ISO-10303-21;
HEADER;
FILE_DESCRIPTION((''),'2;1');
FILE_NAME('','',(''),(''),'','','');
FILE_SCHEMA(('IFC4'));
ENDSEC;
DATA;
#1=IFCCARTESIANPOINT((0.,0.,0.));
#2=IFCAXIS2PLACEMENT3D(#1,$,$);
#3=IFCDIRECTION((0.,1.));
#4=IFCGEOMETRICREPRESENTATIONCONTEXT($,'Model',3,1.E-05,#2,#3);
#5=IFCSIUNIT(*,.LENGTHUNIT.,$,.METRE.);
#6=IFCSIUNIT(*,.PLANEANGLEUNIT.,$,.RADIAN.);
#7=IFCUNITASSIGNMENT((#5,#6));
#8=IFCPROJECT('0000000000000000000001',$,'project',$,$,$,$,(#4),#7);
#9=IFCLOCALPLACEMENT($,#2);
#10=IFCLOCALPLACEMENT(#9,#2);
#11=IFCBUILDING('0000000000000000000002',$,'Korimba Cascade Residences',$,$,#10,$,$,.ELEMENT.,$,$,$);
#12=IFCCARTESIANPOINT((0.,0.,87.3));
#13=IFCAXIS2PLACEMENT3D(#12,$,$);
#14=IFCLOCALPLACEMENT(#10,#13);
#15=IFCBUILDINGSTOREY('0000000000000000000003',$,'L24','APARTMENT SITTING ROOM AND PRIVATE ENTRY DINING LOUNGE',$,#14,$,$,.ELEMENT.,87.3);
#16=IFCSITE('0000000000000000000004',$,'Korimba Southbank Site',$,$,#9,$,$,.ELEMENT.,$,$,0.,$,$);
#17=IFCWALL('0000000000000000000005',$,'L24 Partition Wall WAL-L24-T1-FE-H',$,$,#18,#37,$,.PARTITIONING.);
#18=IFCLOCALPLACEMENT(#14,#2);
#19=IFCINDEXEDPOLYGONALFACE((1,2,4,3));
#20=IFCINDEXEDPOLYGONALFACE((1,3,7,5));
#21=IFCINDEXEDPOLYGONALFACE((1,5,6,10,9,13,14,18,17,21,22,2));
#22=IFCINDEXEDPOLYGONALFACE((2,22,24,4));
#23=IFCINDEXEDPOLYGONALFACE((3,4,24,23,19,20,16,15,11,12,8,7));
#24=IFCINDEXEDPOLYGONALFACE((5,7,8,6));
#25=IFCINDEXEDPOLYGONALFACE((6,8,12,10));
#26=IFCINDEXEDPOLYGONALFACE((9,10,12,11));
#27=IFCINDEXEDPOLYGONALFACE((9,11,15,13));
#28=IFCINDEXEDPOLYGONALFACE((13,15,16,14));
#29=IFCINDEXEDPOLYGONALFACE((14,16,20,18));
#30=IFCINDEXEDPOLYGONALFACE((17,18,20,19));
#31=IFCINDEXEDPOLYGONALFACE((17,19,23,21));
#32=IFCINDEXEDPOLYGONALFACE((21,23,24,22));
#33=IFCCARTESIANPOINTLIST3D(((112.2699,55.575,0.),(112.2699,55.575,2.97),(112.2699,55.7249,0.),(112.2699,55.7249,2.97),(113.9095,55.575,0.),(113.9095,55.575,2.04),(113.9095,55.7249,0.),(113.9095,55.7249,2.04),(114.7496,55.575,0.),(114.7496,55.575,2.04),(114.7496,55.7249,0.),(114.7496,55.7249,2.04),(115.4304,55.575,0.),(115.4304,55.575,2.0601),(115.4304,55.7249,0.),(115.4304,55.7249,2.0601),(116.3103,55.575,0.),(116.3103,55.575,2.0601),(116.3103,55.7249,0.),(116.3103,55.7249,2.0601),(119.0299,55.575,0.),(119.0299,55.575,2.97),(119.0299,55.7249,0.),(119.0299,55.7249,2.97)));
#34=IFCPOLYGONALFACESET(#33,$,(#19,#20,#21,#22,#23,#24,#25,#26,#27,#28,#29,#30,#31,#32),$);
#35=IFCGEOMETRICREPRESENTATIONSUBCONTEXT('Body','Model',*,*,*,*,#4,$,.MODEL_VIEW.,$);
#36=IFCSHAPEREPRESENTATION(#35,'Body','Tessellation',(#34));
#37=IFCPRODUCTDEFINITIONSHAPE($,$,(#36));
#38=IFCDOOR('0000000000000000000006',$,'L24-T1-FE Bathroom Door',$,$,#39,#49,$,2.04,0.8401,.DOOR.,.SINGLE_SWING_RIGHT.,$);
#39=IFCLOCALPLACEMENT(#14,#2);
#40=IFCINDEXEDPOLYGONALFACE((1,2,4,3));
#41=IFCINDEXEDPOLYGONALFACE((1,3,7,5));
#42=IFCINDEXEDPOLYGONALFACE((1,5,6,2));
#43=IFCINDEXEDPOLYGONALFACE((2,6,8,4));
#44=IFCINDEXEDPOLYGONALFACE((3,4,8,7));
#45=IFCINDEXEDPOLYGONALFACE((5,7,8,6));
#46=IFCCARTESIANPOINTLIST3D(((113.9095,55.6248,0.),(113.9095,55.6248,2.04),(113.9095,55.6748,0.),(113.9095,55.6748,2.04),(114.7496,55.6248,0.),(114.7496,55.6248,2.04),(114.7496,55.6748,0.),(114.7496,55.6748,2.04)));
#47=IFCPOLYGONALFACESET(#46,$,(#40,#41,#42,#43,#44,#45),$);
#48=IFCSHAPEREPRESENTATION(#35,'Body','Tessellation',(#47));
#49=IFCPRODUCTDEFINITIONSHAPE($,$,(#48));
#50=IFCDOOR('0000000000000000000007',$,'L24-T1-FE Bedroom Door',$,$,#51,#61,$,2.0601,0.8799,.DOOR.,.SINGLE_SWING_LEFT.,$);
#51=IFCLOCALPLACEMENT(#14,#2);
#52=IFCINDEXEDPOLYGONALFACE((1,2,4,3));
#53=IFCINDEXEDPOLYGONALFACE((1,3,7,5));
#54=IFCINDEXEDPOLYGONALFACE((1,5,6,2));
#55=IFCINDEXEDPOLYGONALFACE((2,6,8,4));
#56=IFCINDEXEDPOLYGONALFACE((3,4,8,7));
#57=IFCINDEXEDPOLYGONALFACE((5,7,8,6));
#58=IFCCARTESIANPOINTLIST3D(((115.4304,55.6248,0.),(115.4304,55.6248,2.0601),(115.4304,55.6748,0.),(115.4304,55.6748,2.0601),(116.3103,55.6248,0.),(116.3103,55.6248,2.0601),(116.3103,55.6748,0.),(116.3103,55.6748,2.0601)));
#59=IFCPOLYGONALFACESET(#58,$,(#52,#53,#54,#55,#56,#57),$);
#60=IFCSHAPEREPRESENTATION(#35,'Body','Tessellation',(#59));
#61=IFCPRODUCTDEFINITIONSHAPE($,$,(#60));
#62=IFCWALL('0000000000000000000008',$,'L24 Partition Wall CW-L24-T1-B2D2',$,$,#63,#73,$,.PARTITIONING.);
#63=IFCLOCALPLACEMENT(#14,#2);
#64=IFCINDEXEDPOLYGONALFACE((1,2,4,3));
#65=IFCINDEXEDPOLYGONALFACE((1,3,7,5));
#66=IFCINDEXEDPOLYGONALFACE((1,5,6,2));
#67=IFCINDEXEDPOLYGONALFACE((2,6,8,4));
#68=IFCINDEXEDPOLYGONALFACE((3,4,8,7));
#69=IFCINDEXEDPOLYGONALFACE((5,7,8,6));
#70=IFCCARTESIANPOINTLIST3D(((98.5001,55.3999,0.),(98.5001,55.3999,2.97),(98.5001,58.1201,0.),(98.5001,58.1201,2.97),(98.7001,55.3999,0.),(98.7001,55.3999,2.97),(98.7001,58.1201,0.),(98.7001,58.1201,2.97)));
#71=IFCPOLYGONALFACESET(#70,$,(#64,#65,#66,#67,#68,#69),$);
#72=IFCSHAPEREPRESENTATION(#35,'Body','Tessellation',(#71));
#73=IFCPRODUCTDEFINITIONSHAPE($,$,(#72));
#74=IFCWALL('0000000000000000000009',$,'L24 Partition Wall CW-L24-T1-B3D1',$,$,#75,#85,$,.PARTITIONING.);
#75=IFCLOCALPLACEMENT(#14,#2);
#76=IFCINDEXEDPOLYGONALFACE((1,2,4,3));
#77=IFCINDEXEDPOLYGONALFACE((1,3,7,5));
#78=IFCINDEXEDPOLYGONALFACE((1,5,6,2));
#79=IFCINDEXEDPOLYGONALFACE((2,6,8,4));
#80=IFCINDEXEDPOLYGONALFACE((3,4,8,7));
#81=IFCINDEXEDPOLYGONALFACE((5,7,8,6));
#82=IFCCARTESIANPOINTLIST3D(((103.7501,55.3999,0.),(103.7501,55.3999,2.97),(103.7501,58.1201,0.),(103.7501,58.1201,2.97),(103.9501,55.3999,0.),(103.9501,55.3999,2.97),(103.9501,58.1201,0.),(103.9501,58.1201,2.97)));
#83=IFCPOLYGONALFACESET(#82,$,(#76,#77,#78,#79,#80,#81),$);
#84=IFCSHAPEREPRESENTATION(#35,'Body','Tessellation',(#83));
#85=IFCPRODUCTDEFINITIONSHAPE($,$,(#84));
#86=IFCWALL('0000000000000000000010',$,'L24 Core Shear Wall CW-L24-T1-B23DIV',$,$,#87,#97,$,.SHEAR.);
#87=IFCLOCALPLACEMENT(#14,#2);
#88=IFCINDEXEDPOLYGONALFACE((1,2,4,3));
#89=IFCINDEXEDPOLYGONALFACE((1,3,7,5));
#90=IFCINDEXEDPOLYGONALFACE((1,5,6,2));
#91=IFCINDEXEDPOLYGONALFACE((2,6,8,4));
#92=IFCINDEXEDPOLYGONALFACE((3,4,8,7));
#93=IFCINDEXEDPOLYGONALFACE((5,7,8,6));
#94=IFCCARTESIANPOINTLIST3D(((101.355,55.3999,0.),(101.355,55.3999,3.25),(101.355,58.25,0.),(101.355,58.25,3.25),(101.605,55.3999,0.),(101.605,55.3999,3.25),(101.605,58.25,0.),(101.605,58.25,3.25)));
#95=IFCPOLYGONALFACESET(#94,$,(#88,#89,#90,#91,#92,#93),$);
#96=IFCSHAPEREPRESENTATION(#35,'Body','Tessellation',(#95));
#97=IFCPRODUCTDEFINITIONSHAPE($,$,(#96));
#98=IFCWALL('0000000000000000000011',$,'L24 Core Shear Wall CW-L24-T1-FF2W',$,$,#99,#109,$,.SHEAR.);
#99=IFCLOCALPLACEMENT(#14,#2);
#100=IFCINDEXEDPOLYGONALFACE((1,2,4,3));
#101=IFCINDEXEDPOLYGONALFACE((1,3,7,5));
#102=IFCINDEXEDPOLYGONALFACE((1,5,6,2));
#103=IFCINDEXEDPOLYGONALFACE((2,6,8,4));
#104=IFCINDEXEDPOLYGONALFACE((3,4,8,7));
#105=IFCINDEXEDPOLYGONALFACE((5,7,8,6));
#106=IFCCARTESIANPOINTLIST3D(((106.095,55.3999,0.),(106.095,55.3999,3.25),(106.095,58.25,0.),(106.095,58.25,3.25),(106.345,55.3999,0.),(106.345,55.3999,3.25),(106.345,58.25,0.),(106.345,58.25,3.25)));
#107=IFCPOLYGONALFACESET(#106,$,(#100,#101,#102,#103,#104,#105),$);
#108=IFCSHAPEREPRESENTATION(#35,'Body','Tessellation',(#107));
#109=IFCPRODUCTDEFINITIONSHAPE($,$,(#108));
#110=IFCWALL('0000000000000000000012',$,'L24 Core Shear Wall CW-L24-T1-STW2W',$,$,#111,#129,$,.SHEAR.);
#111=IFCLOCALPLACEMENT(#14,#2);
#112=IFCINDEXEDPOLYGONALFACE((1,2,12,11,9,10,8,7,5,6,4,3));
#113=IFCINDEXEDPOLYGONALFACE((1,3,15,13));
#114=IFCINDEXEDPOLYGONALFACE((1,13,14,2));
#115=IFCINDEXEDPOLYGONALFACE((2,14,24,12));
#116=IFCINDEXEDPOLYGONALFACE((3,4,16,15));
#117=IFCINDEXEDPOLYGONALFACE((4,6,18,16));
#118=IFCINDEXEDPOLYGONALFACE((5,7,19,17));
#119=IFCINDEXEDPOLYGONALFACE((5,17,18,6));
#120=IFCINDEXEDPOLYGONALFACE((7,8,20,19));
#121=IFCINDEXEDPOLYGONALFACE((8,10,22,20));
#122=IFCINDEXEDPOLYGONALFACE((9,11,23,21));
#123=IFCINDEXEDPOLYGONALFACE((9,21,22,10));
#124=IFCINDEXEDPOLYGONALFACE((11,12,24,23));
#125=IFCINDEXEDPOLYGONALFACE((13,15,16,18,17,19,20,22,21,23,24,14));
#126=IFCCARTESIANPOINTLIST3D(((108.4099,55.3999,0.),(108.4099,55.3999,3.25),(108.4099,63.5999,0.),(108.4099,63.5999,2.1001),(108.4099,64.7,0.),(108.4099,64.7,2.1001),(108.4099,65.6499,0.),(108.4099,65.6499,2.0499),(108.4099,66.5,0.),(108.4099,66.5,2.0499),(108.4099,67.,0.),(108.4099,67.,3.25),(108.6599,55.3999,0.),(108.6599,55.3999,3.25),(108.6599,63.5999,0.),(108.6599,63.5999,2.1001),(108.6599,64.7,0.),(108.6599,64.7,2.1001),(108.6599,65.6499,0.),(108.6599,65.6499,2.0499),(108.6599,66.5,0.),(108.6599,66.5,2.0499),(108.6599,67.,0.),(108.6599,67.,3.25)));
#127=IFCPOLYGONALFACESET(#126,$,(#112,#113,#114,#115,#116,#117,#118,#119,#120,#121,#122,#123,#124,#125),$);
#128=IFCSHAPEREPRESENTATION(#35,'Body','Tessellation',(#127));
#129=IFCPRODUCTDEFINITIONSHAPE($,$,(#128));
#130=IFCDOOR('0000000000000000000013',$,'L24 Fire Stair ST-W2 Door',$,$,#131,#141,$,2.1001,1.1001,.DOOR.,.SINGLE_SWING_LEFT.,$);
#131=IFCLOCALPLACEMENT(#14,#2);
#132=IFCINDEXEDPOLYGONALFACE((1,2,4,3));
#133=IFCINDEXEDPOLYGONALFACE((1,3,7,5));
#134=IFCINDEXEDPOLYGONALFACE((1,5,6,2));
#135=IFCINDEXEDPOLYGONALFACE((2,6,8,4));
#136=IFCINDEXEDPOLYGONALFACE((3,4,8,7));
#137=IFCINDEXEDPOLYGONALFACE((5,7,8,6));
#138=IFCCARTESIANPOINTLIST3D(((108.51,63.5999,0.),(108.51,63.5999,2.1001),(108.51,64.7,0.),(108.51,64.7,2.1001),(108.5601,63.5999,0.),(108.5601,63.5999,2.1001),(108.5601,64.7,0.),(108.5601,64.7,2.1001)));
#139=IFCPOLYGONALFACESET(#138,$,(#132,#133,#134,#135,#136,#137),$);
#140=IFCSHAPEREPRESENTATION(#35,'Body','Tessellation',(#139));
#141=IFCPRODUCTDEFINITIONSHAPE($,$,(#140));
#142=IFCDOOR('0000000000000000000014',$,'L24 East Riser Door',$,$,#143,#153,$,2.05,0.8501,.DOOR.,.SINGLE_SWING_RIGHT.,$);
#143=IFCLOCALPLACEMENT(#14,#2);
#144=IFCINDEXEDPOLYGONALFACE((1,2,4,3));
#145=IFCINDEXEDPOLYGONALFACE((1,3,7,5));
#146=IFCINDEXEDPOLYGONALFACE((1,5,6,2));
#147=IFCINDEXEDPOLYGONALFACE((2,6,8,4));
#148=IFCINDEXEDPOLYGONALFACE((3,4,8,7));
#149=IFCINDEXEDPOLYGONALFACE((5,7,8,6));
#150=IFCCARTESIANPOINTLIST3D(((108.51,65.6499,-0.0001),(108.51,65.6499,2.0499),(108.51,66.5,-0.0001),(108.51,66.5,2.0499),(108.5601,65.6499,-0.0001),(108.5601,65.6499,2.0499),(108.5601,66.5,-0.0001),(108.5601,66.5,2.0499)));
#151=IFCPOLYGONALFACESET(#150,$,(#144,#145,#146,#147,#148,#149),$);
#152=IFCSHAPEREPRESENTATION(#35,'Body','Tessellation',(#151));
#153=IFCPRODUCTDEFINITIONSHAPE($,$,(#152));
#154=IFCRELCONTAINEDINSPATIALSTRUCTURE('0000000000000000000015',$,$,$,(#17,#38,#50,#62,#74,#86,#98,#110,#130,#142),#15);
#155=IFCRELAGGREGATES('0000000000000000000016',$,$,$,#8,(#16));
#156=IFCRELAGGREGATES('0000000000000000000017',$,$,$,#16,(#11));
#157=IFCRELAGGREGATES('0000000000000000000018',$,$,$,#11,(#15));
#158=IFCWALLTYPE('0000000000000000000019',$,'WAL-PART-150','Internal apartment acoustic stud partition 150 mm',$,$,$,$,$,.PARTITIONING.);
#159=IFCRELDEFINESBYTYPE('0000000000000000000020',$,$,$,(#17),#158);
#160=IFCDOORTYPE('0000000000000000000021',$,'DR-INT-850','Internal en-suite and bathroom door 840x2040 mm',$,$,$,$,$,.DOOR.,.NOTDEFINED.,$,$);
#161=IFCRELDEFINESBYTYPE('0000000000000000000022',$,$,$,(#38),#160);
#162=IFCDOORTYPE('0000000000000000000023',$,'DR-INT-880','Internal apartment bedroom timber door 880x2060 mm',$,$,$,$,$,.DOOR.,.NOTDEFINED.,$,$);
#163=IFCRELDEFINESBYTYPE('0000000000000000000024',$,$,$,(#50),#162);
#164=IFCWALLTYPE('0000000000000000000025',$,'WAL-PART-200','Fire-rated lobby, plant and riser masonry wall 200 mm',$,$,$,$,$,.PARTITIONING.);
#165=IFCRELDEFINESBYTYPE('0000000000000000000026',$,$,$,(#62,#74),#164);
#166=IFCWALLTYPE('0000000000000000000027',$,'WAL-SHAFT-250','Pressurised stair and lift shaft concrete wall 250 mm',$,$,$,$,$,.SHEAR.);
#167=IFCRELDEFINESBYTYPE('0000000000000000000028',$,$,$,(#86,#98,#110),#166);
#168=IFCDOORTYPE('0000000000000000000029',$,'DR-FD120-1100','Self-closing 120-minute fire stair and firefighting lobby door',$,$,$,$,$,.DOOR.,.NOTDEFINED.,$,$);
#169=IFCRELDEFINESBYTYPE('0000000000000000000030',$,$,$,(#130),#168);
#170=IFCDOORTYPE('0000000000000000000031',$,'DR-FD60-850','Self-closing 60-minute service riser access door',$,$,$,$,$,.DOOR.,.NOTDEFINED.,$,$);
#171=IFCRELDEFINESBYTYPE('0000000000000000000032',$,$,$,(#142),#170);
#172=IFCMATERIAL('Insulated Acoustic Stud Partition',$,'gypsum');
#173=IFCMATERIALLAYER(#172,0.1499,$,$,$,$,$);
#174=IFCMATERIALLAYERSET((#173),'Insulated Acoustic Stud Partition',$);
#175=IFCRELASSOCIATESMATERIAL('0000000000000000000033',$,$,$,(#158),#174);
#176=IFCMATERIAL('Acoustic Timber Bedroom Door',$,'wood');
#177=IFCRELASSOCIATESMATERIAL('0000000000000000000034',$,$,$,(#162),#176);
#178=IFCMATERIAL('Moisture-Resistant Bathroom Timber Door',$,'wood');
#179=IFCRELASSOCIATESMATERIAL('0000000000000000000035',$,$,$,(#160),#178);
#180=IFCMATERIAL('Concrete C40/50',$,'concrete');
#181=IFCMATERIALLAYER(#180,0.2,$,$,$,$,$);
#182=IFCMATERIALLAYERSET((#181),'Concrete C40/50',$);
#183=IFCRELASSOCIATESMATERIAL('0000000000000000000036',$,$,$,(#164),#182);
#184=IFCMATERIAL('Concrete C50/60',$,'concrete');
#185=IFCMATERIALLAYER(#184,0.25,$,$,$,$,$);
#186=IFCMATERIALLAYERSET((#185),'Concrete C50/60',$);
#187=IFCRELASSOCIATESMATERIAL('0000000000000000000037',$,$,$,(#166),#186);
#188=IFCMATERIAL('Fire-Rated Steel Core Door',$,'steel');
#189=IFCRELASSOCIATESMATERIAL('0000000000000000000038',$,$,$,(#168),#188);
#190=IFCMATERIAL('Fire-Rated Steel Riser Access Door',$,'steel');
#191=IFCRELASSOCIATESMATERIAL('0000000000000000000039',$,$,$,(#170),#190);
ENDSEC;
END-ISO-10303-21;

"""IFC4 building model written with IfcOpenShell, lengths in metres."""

from ifc_helpers import new_model, si_unit, direction, frame, frame_2d, origin, place, context, subcontext, project, spatial, rectangle, extrude, material, layer, layer_set, type_object, element, fill, save


model = new_model("IFC4")

# Units and contexts
model_context = context("Model", 3, precision=1e-05, world=origin(), true_north=direction((0.0, 1.0)))
body_context = subcontext(model_context, "Body", "Model", "MODEL_VIEW")
ifc_project = project(units=[si_unit("LENGTHUNIT", "METRE"), si_unit("PLANEANGLEUNIT", "RADIAN")], contexts=[model_context])

# Site, building, storey
site_placement = place(None, origin())
site = spatial("IfcSite", under=ifc_project, at=site_placement, Name="Korimba Southbank Site", CompositionType="ELEMENT", RefElevation=0.0)
building_placement = place(site_placement, origin())
building = spatial("IfcBuilding", under=site, at=building_placement, Name="Korimba Cascade Residences", CompositionType="ELEMENT")
storey_placement = place(building_placement, frame((0.0, 0.0, 87.3)))
storey = spatial("IfcBuildingStorey", under=building, at=storey_placement, Name="L24", Description="APARTMENT SITTING ROOM AND PRIVATE ENTRY DINING LOUNGE", CompositionType="ELEMENT", Elevation=87.3)

# Shared definitions
ifc_material_1 = material(Name="Insulated Acoustic Stud Partition", Category="gypsum")
ifc_layer_1 = layer(ifc_material_1, 0.1499)
ifc_layer_set_1 = layer_set([ifc_layer_1], Name="Insulated Acoustic Stud Partition")
wall_type_1 = type_object("IfcWallType", Name="WAL-PART-150", Description="Internal apartment acoustic stud partition 150 mm", PredefinedType="PARTITIONING", material=ifc_layer_set_1)
ifc_material_2 = material(Name="Acoustic Timber Bedroom Door", Category="wood")
door_type_1 = type_object("IfcDoorType", Name="DR-INT-880", Description="Internal apartment bedroom timber door 880x2060 mm", OperationType="NOTDEFINED", PredefinedType="DOOR", material=ifc_material_2)

# Wall, openings, doors
wall_1_placement = place(storey_placement, frame((112.27, 55.6499, 0.0), z_axis=(0.0, 0.0, 1.0), x_axis=(1.0, 0.0, 0.0)))
wall_1 = element("IfcWall", 1, at=wall_1_placement, inside=storey, type_object=wall_type_1, Name="L24 Partition Wall WAL-L24-T1-FE-H", PredefinedType="PARTITIONING", context=body_context, shape_type="SweptSolid", body=[
    extrude(rectangle(XDim=6.76, YDim=0.1499, at=frame_2d((3.3799, 0.0))), origin(), (0.0, 0.0, 1.0), 2.97),
])
opening_1_placement = place(wall_1_placement, frame((1.6396, 0.0, 0.0)))
opening_1 = element("IfcOpeningElement", 2, at=opening_1_placement, cuts=wall_1, PredefinedType="OPENING", context=body_context, shape_type="SweptSolid", body=[
    extrude(rectangle(XDim=0.8401, YDim=2.04, at=frame_2d((0.4199, 1.02))), frame((0.0, 0.085, 0.0), z_axis=(0.0, -1.0, 0.0), x_axis=(1.0, 0.0, 0.0)), (0.0, 0.0, 1.0), 0.1699),
])
opening_2_placement = place(wall_1_placement, frame((3.1604, 0.0, 0.0)))
opening_2 = element("IfcOpeningElement", 3, at=opening_2_placement, cuts=wall_1, PredefinedType="OPENING", context=body_context, shape_type="SweptSolid", body=[
    extrude(rectangle(XDim=0.8799, YDim=2.0601, at=frame_2d((0.4399, 1.03))), frame((0.0, 0.085, 0.0), z_axis=(0.0, -1.0, 0.0), x_axis=(1.0, 0.0, 0.0)), (0.0, 0.0, 1.0), 0.1699),
])
ifc_material_3 = material(Name="Moisture-Resistant Bathroom Timber Door", Category="wood")
door_type_2 = type_object("IfcDoorType", Name="DR-INT-850", Description="Internal en-suite and bathroom door 840x2040 mm", OperationType="NOTDEFINED", PredefinedType="DOOR", material=ifc_material_3)
door_1_placement = place(opening_1_placement, origin())
door_1 = element("IfcDoor", 4, at=door_1_placement, inside=storey, type_object=door_type_2, Name="L24-T1-FE Bathroom Door", OperationType="SINGLE_SWING_RIGHT", OverallHeight=2.04, OverallWidth=0.8401, PredefinedType="DOOR", context=body_context, shape_type="SweptSolid", body=[
    extrude(rectangle(XDim=0.8401, YDim=2.04, at=frame_2d((0.4199, 1.02))), frame((0.0, 0.0249, 0.0), z_axis=(0.0, -1.0, 0.0), x_axis=(1.0, 0.0, 0.0)), (0.0, 0.0, 1.0), 0.05),
])
fill(opening_1, door_1)
door_2_placement = place(opening_2_placement, origin())
door_2 = element("IfcDoor", 5, at=door_2_placement, inside=storey, type_object=door_type_1, Name="L24-T1-FE Bedroom Door", OperationType="SINGLE_SWING_LEFT", OverallHeight=2.0601, OverallWidth=0.8799, PredefinedType="DOOR", context=body_context, shape_type="SweptSolid", body=[
    extrude(rectangle(XDim=0.8799, YDim=2.0601, at=frame_2d((0.4399, 1.03))), frame((0.0, 0.0249, 0.0), z_axis=(0.0, -1.0, 0.0), x_axis=(1.0, 0.0, 0.0)), (0.0, 0.0, 1.0), 0.05),
])
fill(opening_2, door_2)

# Walls
ifc_material_4 = material(Name="Concrete C40/50", Category="concrete")
ifc_layer_2 = layer(ifc_material_4, 0.2)
ifc_layer_set_2 = layer_set([ifc_layer_2], Name="Concrete C40/50")
wall_type_2 = type_object("IfcWallType", Name="WAL-PART-200", Description="Fire-rated lobby, plant and riser masonry wall 200 mm", PredefinedType="PARTITIONING", material=ifc_layer_set_2)
for number, where, z_axis, x_axis, name in (
    (6, (98.6001, 55.3999, 0.0), (0.0, 0.0, 1.0), (0.0, 1.0, 0.0), "L24 Partition Wall CW-L24-T1-B2D2"),
    (7, (103.8501, 55.3999, 0.0), (0.0, 0.0, 1.0), (0.0, 1.0, 0.0), "L24 Partition Wall CW-L24-T1-B3D1"),
):
    element("IfcWall", number, at=place(storey_placement, frame(where, z_axis=z_axis, x_axis=x_axis)), inside=storey, type_object=wall_type_2, Name=name, PredefinedType="PARTITIONING", context=body_context, shape_type="SweptSolid", body=[
        extrude(rectangle(XDim=2.7202, YDim=0.2, at=frame_2d((1.3601, 0.0))), origin(), (0.0, 0.0, 1.0), 2.97),
    ])
ifc_material_5 = material(Name="Concrete C50/60", Category="concrete")
ifc_layer_3 = layer(ifc_material_5, 0.25)
ifc_layer_set_3 = layer_set([ifc_layer_3], Name="Concrete C50/60")
wall_type_3 = type_object("IfcWallType", Name="WAL-SHAFT-250", Description="Pressurised stair and lift shaft concrete wall 250 mm", PredefinedType="SHEAR", material=ifc_layer_set_3)
for number, where, z_axis, x_axis, name in (
    (8, (101.48, 55.3999, 0.0), (0.0, 0.0, 1.0), (0.0, 1.0, 0.0), "L24 Core Shear Wall CW-L24-T1-B23DIV"),
    (9, (106.22, 55.3999, 0.0), (0.0, 0.0, 1.0), (0.0, 1.0, 0.0), "L24 Core Shear Wall CW-L24-T1-FF2W"),
):
    element("IfcWall", number, at=place(storey_placement, frame(where, z_axis=z_axis, x_axis=x_axis)), inside=storey, type_object=wall_type_3, Name=name, PredefinedType="SHEAR", context=body_context, shape_type="SweptSolid", body=[
        extrude(rectangle(XDim=2.8501, YDim=0.25, at=frame_2d((1.425, 0.0))), origin(), (0.0, 0.0, 1.0), 3.25),
    ])

# Wall, openings, doors
wall_2_placement = place(storey_placement, frame((108.5349, 55.3999, 0.0), z_axis=(0.0, 0.0, 1.0), x_axis=(0.0, 1.0, 0.0)))
wall_2 = element("IfcWall", 10, at=wall_2_placement, inside=storey, type_object=wall_type_3, Name="L24 Core Shear Wall CW-L24-T1-STW2W", PredefinedType="SHEAR", context=body_context, shape_type="SweptSolid", body=[
    extrude(rectangle(XDim=11.6001, YDim=0.25, at=frame_2d((5.8, 0.0))), origin(), (0.0, 0.0, 1.0), 3.25),
])
opening_3_placement = place(wall_2_placement, frame((8.2, 0.0, 0.0)))
opening_3 = element("IfcOpeningElement", 11, at=opening_3_placement, cuts=wall_2, PredefinedType="OPENING", context=body_context, shape_type="SweptSolid", body=[
    extrude(rectangle(XDim=1.1001, YDim=2.1001, at=frame_2d((0.55, 1.05))), frame((0.0, 0.135, 0.0), z_axis=(0.0, -1.0, 0.0), x_axis=(1.0, 0.0, 0.0)), (0.0, 0.0, 1.0), 0.27),
])
opening_4_placement = place(wall_2_placement, frame((10.25, 0.0, 0.0)))
opening_4 = element("IfcOpeningElement", 12, at=opening_4_placement, cuts=wall_2, PredefinedType="OPENING", context=body_context, shape_type="SweptSolid", body=[
    extrude(rectangle(XDim=0.8501, YDim=2.05, at=frame_2d((0.425, 1.0249))), frame((0.0, 0.135, 0.0), z_axis=(0.0, -1.0, 0.0), x_axis=(1.0, 0.0, 0.0)), (0.0, 0.0, 1.0), 0.27),
])
ifc_material_6 = material(Name="Fire-Rated Steel Core Door", Category="steel")
door_type_3 = type_object("IfcDoorType", Name="DR-FD120-1100", Description="Self-closing 120-minute fire stair and firefighting lobby door", OperationType="NOTDEFINED", PredefinedType="DOOR", material=ifc_material_6)
door_3_placement = place(opening_3_placement, origin())
door_3 = element("IfcDoor", 13, at=door_3_placement, inside=storey, type_object=door_type_3, Name="L24 Fire Stair ST-W2 Door", OperationType="SINGLE_SWING_LEFT", OverallHeight=2.1001, OverallWidth=1.1001, PredefinedType="DOOR", context=body_context, shape_type="SweptSolid", body=[
    extrude(rectangle(XDim=1.1001, YDim=2.1001, at=frame_2d((0.55, 1.05))), frame((0.0, 0.0249, 0.0), z_axis=(0.0, -1.0, 0.0), x_axis=(1.0, 0.0, 0.0)), (0.0, 0.0, 1.0), 0.05),
])
fill(opening_3, door_3)
ifc_material_7 = material(Name="Fire-Rated Steel Riser Access Door", Category="steel")
door_type_4 = type_object("IfcDoorType", Name="DR-FD60-850", Description="Self-closing 60-minute service riser access door", OperationType="NOTDEFINED", PredefinedType="DOOR", material=ifc_material_7)
door_4_placement = place(opening_4_placement, origin())
door_4 = element("IfcDoor", 14, at=door_4_placement, inside=storey, type_object=door_type_4, Name="L24 East Riser Door", OperationType="SINGLE_SWING_RIGHT", OverallHeight=2.05, OverallWidth=0.8501, PredefinedType="DOOR", context=body_context, shape_type="SweptSolid", body=[
    extrude(rectangle(XDim=0.8501, YDim=2.05, at=frame_2d((0.425, 1.0249))), frame((0.0, 0.0249, 0.0), z_axis=(0.0, -1.0, 0.0), x_axis=(1.0, 0.0, 0.0)), (0.0, 0.0, 1.0), 0.05),
])
fill(opening_4, door_4)

save(model, "model.ifc")
